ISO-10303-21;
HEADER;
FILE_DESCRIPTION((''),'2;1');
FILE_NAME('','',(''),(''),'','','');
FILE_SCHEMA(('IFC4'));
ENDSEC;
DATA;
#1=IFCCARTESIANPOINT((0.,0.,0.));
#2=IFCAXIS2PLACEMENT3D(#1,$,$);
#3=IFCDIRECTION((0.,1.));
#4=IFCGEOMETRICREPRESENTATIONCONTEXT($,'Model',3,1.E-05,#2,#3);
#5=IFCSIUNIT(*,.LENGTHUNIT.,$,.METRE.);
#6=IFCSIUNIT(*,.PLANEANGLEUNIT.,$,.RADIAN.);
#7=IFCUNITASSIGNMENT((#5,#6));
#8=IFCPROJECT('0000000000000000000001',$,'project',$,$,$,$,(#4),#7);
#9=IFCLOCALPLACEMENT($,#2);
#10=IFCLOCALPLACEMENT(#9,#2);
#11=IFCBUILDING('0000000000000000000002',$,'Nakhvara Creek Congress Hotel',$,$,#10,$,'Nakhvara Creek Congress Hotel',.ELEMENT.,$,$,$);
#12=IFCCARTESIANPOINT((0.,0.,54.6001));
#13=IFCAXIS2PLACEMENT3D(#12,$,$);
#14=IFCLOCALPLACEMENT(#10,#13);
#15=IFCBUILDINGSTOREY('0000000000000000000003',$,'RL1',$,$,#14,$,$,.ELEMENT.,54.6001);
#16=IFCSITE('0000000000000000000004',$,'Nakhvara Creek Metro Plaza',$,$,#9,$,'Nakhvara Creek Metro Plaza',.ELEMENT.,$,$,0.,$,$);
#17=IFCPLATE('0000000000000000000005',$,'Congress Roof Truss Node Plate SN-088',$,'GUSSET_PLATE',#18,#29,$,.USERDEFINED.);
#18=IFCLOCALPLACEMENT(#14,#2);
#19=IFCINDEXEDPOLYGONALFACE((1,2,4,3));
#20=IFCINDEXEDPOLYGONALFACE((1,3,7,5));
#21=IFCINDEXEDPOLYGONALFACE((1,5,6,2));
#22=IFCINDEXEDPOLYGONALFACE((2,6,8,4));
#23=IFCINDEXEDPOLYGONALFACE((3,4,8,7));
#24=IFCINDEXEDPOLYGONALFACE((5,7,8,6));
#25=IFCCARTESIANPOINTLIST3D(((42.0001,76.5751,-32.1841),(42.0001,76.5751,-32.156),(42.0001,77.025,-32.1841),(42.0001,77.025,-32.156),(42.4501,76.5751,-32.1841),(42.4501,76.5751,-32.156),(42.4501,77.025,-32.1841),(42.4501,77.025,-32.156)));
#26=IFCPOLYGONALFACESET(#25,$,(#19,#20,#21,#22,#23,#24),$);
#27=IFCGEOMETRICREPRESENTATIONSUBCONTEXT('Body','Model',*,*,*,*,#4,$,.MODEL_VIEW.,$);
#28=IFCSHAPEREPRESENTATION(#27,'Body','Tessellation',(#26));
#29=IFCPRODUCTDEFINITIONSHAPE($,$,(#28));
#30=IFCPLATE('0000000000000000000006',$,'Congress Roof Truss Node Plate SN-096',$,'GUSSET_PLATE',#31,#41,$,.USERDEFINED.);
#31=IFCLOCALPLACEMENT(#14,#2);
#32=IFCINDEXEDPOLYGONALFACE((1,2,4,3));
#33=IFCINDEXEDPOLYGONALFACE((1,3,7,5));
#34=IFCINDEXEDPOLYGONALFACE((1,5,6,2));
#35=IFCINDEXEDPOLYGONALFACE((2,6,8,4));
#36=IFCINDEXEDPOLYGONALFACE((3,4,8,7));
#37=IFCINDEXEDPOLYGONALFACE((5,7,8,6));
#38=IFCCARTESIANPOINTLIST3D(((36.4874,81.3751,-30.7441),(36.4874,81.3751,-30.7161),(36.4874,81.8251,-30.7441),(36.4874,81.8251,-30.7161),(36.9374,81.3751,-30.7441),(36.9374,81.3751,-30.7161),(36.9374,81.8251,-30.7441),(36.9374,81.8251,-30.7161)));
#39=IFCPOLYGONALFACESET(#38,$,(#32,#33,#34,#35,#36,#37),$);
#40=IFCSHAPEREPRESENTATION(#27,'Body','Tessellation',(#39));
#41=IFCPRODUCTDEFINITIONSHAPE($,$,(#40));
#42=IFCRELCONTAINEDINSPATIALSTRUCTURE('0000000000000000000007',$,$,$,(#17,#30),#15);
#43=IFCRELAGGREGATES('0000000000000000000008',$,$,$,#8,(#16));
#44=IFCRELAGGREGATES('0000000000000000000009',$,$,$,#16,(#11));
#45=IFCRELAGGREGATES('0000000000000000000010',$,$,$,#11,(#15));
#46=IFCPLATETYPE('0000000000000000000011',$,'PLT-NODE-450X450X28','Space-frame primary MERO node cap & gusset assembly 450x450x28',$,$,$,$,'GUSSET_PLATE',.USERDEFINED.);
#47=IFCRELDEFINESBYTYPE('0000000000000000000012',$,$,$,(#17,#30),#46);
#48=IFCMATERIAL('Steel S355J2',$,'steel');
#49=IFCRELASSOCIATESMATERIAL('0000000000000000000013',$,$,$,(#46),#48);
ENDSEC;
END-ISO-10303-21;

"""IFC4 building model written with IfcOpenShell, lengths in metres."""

from ifc_helpers import new_model, si_unit, direction, frame, origin, origin_2d, place, context, subcontext, project, spatial, rectangle, extrude, material, type_object, element, save


model = new_model("IFC4")

# Units and contexts
model_context = context("Model", 3, precision=1e-05, world=origin(), true_north=direction((0.0, 1.0)))
body_context = subcontext(model_context, "Body", "Model", "MODEL_VIEW")
ifc_project = project(units=[si_unit("LENGTHUNIT", "METRE"), si_unit("PLANEANGLEUNIT", "RADIAN")], contexts=[model_context])

# Site, building, storey
site_placement = place(None, origin())
site = spatial("IfcSite", under=ifc_project, at=site_placement, Name="Nakhvara Creek Metro Plaza", LongName="Nakhvara Creek Metro Plaza", CompositionType="ELEMENT", RefElevation=0.0)
building_placement = place(site_placement, origin())
building = spatial("IfcBuilding", under=site, at=building_placement, Name="Nakhvara Creek Congress Hotel", LongName="Nakhvara Creek Congress Hotel", CompositionType="ELEMENT")
storey_placement = place(building_placement, frame((0.0, 0.0, 54.6001)))
storey = spatial("IfcBuildingStorey", under=building, at=storey_placement, Name="RL1", CompositionType="ELEMENT", Elevation=54.6001)

# Plates
ifc_material_1 = material(Name="Steel S355J2", Category="steel")
plate_type_1 = type_object("IfcPlateType", Name="PLT-NODE-450X450X28", Description="Space-frame primary MERO node cap & gusset assembly 450x450x28", ElementType="GUSSET_PLATE", PredefinedType="USERDEFINED", material=ifc_material_1)
for number, where, z_axis, x_axis, name in (
    (1, (42.2251, 76.8, -32.1841), (0.0, 0.0, 1.0), (1.0, 0.0, 0.0), "Congress Roof Truss Node Plate SN-088"),
    (2, (36.7124, 81.6001, -30.7441), (0.0, 0.0, 1.0), (1.0, 0.0, 0.0), "Congress Roof Truss Node Plate SN-096"),
):
    element("IfcPlate", number, at=place(storey_placement, frame(where, z_axis=z_axis, x_axis=x_axis)), inside=storey, type_object=plate_type_1, Name=name, ObjectType="GUSSET_PLATE", PredefinedType="USERDEFINED", context=body_context, shape_type="SweptSolid", body=[
        extrude(rectangle(XDim=0.45, YDim=0.45, at=origin_2d()), origin(), (0.0, 0.0, 1.0), 0.0281),
    ])

save(model, "model.ifc")
